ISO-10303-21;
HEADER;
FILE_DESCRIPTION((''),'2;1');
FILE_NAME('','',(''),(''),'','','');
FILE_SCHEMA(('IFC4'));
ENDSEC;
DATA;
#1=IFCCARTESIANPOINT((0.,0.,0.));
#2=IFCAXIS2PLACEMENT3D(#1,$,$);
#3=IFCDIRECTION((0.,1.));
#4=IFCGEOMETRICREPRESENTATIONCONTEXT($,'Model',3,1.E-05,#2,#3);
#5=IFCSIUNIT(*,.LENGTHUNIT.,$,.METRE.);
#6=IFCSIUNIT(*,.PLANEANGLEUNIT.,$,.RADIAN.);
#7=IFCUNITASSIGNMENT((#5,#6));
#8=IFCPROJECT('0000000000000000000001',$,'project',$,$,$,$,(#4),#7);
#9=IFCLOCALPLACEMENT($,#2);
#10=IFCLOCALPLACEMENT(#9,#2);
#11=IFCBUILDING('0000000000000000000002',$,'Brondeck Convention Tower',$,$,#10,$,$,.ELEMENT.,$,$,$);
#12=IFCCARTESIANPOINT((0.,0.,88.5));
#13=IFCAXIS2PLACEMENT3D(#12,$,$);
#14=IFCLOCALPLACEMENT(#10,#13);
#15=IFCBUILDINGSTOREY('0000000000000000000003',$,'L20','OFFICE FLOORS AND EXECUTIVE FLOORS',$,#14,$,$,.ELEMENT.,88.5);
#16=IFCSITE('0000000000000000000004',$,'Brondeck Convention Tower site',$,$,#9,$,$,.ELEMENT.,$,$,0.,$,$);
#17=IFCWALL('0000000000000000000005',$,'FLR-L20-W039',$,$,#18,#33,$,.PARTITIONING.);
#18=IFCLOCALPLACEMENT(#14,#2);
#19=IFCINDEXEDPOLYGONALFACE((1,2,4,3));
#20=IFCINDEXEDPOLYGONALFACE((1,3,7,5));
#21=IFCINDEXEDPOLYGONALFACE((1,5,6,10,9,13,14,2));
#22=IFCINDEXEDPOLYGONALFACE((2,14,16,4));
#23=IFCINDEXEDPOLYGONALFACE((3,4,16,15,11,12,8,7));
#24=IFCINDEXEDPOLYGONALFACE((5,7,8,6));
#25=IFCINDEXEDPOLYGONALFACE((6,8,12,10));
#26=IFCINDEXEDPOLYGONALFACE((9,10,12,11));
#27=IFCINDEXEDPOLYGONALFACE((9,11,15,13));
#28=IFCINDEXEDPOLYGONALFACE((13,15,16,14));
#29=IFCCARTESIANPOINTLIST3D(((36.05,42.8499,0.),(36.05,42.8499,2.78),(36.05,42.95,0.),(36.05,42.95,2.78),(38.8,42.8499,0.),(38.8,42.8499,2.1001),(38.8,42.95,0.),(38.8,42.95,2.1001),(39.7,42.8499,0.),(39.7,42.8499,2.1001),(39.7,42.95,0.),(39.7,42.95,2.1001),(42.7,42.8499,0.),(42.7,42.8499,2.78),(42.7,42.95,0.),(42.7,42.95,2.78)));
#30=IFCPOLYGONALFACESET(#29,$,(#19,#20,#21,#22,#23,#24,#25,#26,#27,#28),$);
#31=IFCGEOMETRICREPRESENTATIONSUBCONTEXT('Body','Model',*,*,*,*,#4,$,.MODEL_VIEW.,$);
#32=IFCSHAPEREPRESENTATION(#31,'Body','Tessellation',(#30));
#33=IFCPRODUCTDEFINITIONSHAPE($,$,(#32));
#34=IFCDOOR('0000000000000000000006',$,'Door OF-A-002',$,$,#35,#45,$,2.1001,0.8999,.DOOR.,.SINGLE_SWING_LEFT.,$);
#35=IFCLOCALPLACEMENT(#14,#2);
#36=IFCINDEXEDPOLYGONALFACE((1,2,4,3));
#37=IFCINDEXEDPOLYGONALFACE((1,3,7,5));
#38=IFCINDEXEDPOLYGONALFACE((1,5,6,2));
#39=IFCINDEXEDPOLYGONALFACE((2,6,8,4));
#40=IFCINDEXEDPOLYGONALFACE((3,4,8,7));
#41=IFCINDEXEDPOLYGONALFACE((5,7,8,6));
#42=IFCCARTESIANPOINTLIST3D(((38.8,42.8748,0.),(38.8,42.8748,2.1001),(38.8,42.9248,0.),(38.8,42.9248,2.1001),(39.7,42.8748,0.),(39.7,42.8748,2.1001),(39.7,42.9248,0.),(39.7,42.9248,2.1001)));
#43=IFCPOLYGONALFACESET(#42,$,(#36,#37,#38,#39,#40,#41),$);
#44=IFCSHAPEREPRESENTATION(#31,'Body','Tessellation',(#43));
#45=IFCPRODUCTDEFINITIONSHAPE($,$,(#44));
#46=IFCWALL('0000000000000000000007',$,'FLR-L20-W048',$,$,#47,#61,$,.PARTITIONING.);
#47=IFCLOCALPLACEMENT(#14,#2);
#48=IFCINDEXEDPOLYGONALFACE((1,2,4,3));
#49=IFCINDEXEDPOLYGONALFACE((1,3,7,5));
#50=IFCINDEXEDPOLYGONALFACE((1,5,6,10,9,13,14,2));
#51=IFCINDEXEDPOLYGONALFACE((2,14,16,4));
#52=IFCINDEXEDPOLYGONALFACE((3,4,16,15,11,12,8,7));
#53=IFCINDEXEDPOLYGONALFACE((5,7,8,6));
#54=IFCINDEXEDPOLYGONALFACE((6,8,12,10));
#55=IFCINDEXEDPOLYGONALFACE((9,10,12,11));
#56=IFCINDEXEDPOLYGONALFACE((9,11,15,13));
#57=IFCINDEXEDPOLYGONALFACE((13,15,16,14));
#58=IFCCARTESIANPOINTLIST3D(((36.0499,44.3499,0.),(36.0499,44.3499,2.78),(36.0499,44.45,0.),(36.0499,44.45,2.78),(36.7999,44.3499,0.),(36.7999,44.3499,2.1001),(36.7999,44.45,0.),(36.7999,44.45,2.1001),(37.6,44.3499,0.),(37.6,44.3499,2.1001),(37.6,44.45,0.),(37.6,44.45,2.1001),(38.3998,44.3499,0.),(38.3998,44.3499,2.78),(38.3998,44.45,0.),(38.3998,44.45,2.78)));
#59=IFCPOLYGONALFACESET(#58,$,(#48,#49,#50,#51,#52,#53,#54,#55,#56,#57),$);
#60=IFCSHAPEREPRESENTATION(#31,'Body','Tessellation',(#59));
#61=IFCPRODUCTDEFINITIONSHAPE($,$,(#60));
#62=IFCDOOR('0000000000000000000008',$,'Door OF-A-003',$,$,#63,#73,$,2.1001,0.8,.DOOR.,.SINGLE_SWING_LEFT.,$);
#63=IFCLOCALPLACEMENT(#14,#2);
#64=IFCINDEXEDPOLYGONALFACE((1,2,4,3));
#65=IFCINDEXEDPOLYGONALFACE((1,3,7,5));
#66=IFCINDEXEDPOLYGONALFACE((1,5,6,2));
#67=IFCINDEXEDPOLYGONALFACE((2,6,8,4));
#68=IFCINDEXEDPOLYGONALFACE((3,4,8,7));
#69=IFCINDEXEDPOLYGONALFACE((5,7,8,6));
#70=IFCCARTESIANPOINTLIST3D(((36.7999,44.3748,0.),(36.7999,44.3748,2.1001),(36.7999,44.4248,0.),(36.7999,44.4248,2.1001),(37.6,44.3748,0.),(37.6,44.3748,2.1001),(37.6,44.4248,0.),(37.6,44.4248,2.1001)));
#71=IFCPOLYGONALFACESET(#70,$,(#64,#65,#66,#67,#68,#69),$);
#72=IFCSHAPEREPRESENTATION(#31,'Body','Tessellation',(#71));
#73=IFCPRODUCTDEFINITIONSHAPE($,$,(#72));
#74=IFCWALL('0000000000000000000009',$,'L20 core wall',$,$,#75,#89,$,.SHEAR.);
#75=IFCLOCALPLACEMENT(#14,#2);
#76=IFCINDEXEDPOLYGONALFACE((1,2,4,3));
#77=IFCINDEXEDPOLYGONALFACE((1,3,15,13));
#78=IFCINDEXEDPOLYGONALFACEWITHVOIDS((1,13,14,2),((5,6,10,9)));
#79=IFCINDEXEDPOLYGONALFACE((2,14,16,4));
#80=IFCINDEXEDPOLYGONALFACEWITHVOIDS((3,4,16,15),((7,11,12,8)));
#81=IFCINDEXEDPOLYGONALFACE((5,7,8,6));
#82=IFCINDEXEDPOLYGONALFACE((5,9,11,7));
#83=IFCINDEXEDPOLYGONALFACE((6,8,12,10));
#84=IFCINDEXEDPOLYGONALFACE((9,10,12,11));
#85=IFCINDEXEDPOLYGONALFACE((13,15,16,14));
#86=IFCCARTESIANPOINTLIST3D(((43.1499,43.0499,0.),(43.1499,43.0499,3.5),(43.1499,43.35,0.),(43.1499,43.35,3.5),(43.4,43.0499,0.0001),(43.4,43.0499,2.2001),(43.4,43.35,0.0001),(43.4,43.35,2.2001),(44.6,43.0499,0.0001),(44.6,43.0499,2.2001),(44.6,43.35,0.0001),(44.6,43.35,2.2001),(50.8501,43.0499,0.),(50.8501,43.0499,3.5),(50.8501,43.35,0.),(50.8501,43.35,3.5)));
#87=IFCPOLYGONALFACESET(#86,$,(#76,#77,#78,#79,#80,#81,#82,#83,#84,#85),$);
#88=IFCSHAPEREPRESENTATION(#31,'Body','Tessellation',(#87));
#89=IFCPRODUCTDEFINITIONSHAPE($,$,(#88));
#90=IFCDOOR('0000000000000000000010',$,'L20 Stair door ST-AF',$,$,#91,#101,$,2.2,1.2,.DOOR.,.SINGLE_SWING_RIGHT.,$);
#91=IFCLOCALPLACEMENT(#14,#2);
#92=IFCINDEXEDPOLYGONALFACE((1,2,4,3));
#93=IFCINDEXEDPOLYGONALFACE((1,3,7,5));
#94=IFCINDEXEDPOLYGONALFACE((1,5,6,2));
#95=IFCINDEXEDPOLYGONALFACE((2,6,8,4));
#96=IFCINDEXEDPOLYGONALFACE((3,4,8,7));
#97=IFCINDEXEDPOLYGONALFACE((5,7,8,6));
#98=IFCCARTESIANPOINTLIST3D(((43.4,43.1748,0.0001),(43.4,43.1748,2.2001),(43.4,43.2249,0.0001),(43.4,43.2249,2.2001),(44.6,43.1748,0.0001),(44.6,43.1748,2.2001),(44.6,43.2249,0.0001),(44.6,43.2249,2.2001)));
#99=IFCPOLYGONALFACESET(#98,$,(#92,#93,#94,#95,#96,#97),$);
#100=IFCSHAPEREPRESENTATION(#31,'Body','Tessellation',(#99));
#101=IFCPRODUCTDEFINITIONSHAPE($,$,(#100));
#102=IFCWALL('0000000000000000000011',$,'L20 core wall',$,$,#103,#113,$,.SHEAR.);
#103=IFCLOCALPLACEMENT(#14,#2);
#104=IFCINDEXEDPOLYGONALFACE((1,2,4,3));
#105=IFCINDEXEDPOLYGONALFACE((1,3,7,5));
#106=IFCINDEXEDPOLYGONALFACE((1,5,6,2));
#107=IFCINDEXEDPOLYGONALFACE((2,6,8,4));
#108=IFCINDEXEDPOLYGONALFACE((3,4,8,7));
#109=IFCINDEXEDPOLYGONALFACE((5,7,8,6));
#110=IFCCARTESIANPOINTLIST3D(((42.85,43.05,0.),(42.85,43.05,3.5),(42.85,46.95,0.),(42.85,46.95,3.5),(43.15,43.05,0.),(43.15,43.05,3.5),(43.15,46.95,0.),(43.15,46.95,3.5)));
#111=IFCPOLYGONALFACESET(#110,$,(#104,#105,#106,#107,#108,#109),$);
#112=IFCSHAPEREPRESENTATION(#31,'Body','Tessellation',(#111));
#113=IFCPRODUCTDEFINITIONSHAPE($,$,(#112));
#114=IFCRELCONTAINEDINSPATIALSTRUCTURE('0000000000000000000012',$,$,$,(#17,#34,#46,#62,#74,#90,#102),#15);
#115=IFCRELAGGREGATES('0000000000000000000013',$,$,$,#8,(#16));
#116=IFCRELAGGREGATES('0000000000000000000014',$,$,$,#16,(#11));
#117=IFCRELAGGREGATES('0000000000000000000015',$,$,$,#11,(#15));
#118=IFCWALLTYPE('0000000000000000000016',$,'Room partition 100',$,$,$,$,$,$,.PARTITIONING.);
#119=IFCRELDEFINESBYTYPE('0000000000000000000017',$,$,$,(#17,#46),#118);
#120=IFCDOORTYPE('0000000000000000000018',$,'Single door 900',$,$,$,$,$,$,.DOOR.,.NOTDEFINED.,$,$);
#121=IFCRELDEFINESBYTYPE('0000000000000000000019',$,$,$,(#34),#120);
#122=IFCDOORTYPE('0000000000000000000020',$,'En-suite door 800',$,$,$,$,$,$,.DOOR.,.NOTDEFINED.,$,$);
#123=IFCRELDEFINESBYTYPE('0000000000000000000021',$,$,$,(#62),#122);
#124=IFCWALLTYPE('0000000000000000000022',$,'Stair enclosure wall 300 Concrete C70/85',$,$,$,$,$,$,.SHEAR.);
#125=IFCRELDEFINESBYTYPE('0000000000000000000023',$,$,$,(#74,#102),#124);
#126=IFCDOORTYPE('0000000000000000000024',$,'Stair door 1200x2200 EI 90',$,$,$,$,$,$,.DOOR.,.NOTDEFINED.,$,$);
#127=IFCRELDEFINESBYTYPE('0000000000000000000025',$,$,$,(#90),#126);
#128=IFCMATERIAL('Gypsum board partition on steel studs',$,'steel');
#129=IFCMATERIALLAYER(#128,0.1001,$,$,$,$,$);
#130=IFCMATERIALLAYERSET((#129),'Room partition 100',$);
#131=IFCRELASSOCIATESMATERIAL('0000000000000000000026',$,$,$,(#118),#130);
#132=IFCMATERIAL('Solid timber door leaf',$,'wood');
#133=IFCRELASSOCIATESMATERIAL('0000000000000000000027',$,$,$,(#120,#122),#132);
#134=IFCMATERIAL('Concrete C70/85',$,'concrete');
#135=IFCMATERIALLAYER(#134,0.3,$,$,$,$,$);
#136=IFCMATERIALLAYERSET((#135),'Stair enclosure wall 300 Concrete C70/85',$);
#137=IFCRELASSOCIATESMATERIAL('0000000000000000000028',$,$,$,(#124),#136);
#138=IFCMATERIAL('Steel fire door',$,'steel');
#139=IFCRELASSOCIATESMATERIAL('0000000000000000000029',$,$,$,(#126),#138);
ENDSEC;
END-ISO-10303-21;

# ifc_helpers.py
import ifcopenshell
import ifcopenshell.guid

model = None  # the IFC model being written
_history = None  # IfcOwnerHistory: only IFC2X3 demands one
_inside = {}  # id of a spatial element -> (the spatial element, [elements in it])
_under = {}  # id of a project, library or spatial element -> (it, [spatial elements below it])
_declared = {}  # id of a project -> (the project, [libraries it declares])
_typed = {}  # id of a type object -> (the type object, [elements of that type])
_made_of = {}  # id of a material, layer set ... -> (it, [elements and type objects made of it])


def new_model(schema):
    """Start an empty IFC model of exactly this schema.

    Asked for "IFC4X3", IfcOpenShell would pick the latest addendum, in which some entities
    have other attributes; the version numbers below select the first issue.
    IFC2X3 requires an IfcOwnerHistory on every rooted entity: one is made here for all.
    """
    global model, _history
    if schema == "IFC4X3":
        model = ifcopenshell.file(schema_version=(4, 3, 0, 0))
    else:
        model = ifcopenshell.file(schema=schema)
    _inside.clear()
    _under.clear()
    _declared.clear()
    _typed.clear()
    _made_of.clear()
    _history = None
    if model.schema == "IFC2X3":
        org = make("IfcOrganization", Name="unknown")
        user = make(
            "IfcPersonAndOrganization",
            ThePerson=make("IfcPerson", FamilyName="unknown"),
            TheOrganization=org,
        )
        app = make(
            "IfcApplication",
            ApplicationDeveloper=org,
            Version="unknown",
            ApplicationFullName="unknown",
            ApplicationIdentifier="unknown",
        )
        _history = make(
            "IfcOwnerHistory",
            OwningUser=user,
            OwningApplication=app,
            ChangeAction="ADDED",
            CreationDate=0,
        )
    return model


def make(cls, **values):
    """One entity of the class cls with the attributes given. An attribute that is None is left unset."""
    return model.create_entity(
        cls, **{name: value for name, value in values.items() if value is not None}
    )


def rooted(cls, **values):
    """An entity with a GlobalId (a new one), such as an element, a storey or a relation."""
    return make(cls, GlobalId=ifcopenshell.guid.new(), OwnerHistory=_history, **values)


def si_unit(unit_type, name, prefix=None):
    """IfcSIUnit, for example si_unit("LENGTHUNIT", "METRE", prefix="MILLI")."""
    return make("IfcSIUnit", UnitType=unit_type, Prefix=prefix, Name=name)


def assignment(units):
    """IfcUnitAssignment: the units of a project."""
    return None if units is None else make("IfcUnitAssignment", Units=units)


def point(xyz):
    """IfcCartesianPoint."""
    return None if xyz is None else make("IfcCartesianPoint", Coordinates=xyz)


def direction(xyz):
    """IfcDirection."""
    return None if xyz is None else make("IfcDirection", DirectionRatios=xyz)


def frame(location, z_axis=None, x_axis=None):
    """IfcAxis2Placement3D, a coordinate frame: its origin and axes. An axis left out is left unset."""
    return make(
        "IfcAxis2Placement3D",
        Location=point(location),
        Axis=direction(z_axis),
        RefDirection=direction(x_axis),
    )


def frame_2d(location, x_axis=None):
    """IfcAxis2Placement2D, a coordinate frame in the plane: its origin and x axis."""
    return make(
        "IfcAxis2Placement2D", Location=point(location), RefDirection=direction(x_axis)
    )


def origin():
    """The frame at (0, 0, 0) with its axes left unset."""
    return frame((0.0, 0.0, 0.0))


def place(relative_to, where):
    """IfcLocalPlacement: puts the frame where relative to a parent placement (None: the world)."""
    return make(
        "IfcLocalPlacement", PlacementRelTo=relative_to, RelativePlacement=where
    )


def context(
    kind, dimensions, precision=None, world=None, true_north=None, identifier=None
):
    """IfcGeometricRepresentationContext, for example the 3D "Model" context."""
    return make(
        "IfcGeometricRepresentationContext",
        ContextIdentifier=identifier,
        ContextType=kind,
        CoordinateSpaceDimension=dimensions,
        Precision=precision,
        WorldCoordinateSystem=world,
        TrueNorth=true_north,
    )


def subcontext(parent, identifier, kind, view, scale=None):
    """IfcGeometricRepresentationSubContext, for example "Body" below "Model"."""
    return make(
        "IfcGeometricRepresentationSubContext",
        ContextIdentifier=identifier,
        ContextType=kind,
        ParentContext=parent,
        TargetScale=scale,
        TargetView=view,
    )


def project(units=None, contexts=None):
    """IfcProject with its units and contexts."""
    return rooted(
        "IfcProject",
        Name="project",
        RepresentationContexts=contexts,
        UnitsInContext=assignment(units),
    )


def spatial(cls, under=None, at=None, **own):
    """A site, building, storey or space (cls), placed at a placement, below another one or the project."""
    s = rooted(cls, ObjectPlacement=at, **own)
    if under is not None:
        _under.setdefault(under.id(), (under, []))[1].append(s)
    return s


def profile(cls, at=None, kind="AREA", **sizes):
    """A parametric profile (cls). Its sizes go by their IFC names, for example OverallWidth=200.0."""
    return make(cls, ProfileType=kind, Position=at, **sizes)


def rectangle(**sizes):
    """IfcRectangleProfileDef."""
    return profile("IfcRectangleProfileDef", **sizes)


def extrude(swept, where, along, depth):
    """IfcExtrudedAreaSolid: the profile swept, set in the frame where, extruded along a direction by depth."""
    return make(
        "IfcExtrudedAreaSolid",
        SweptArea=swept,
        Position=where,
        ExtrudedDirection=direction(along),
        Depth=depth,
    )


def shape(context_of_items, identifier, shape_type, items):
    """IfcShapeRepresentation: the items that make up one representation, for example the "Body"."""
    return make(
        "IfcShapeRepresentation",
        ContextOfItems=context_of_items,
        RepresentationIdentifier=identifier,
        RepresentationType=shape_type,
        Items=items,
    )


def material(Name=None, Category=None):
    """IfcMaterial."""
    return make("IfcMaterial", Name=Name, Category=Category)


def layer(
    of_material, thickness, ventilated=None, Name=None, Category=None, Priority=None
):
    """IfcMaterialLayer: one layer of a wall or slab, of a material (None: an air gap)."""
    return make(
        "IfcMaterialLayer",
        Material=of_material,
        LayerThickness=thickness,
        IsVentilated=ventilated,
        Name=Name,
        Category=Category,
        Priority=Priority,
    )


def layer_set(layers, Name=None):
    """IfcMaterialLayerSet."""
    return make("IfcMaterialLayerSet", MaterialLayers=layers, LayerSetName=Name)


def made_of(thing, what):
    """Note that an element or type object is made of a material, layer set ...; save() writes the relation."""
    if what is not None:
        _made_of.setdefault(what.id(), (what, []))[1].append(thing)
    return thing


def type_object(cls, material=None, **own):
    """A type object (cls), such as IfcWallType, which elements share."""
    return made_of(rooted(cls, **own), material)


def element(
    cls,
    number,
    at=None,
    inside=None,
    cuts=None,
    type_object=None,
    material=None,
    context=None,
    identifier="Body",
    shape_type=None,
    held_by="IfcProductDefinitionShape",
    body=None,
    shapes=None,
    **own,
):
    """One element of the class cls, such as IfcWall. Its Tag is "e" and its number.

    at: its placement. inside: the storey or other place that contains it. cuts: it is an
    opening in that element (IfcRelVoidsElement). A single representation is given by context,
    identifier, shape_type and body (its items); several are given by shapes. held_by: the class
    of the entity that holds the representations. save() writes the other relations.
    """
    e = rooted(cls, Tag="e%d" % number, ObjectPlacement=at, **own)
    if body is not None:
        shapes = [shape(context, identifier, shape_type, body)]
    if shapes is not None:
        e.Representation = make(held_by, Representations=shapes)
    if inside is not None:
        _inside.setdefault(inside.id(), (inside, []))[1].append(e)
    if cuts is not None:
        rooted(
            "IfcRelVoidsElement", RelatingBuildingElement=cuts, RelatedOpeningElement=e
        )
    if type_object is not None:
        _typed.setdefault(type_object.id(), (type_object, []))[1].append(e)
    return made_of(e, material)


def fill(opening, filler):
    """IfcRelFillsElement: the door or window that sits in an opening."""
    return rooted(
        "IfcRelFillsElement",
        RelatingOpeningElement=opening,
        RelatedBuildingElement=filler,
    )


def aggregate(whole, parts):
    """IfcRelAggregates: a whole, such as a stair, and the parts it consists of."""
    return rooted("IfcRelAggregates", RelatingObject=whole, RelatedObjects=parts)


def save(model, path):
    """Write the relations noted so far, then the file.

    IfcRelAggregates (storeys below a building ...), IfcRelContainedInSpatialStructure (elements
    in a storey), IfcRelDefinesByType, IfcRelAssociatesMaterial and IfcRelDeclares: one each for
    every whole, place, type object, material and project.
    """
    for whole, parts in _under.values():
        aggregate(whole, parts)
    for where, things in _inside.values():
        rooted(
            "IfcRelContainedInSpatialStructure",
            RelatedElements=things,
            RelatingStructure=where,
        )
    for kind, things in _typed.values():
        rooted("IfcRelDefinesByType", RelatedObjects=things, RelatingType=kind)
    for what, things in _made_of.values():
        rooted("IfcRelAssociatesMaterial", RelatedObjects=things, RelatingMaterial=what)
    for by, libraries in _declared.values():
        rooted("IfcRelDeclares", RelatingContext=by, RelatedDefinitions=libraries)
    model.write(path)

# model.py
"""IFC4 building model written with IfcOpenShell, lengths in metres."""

from ifc_helpers import new_model, si_unit, direction, frame, frame_2d, origin, place, context, subcontext, project, spatial, rectangle, extrude, material, layer, layer_set, type_object, element, fill, save


model = new_model("IFC4")

# Units and contexts
model_context = context("Model", 3, precision=1e-05, world=origin(), true_north=direction((0.0, 1.0)))
body_context = subcontext(model_context, "Body", "Model", "MODEL_VIEW")
ifc_project = project(units=[si_unit("LENGTHUNIT", "METRE"), si_unit("PLANEANGLEUNIT", "RADIAN")], contexts=[model_context])

# Site, building, storey
site_placement = place(None, origin())
site = spatial("IfcSite", under=ifc_project, at=site_placement, Name="Brondeck Convention Tower site", CompositionType="ELEMENT", RefElevation=0.0)
building_placement = place(site_placement, origin())
building = spatial("IfcBuilding", under=site, at=building_placement, Name="Brondeck Convention Tower", CompositionType="ELEMENT")
storey_placement = place(building_placement, frame((0.0, 0.0, 88.5)))
storey = spatial("IfcBuildingStorey", under=building, at=storey_placement, Name="L20", Description="OFFICE FLOORS AND EXECUTIVE FLOORS", CompositionType="ELEMENT", Elevation=88.5)

# Shared definitions
ifc_material_1 = material(Name="Concrete C70/85", Category="concrete")

# Shared definitions
ifc_material_2 = material(Name="Gypsum board partition on steel studs", Category="steel")
ifc_layer_1 = layer(ifc_material_2, 0.1001)
ifc_layer_set_1 = layer_set([ifc_layer_1], Name="Room partition 100")
wall_type_1 = type_object("IfcWallType", Name="Room partition 100", PredefinedType="PARTITIONING", material=ifc_layer_set_1)

# Walls, openings, doors
wall_1_placement = place(storey_placement, frame((36.05, 42.8999, 0.0), z_axis=(0.0, 0.0, 1.0), x_axis=(1.0, 0.0, 0.0)))
wall_1 = element("IfcWall", 1, at=wall_1_placement, inside=storey, type_object=wall_type_1, Name="FLR-L20-W039", PredefinedType="PARTITIONING", context=body_context, shape_type="SweptSolid", body=[
    extrude(rectangle(XDim=6.6499, YDim=0.1001, at=frame_2d((3.325, 0.0))), origin(), (0.0, 0.0, 1.0), 2.78),
])
opening_1_placement = place(wall_1_placement, frame((2.75, 0.0, 0.0)))
opening_1 = element("IfcOpeningElement", 2, at=opening_1_placement, cuts=wall_1, PredefinedType="OPENING", context=body_context, shape_type="SweptSolid", body=[
    extrude(rectangle(XDim=0.8999, YDim=2.1001, at=frame_2d((0.45, 1.05))), frame((0.0, 0.0601, 0.0), z_axis=(0.0, -1.0, 0.0), x_axis=(1.0, 0.0, 0.0)), (0.0, 0.0, 1.0), 0.1201),
])
ifc_material_3 = material(Name="Solid timber door leaf", Category="wood")
door_type_1 = type_object("IfcDoorType", Name="Single door 900", OperationType="NOTDEFINED", PredefinedType="DOOR", material=ifc_material_3)
door_1_placement = place(opening_1_placement, origin())
door_1 = element("IfcDoor", 3, at=door_1_placement, inside=storey, type_object=door_type_1, Name="Door OF-A-002", OperationType="SINGLE_SWING_LEFT", OverallHeight=2.1001, OverallWidth=0.8999, PredefinedType="DOOR", context=body_context, shape_type="SweptSolid", body=[
    extrude(rectangle(XDim=0.8999, YDim=2.1001, at=frame_2d((0.45, 1.05))), frame((0.0, 0.0249, 0.0), z_axis=(0.0, -1.0, 0.0), x_axis=(1.0, 0.0, 0.0)), (0.0, 0.0, 1.0), 0.05),
])
fill(opening_1, door_1)
wall_2_placement = place(storey_placement, frame((36.05, 44.3999, 0.0), z_axis=(0.0, 0.0, 1.0), x_axis=(1.0, 0.0, 0.0)))
wall_2 = element("IfcWall", 4, at=wall_2_placement, inside=storey, type_object=wall_type_1, Name="FLR-L20-W048", PredefinedType="PARTITIONING", context=body_context, shape_type="SweptSolid", body=[
    extrude(rectangle(XDim=2.3499, YDim=0.1001, at=frame_2d((1.1748, 0.0))), origin(), (0.0, 0.0, 1.0), 2.78),
])
opening_2_placement = place(wall_2_placement, frame((0.75, 0.0, 0.0)))
opening_2 = element("IfcOpeningElement", 5, at=opening_2_placement, cuts=wall_2, PredefinedType="OPENING", context=body_context, shape_type="SweptSolid", body=[
    extrude(rectangle(XDim=0.8, YDim=2.1001, at=frame_2d((0.3999, 1.05))), frame((0.0, 0.0601, 0.0), z_axis=(0.0, -1.0, 0.0), x_axis=(1.0, 0.0, 0.0)), (0.0, 0.0, 1.0), 0.1201),
])
door_type_2 = type_object("IfcDoorType", Name="En-suite door 800", OperationType="NOTDEFINED", PredefinedType="DOOR", material=ifc_material_3)
door_2_placement = place(opening_2_placement, origin())
door_2 = element("IfcDoor", 6, at=door_2_placement, inside=storey, type_object=door_type_2, Name="Door OF-A-003", OperationType="SINGLE_SWING_LEFT", OverallHeight=2.1001, OverallWidth=0.8, PredefinedType="DOOR", context=body_context, shape_type="SweptSolid", body=[
    extrude(rectangle(XDim=0.8, YDim=2.1001, at=frame_2d((0.3999, 1.05))), frame((0.0, 0.0249, 0.0), z_axis=(0.0, -1.0, 0.0), x_axis=(1.0, 0.0, 0.0)), (0.0, 0.0, 1.0), 0.05),
])
fill(opening_2, door_2)
ifc_layer_2 = layer(ifc_material_1, 0.3)
ifc_layer_set_2 = layer_set([ifc_layer_2], Name="Stair enclosure wall 300 Concrete C70/85")
wall_type_2 = type_object("IfcWallType", Name="Stair enclosure wall 300 Concrete C70/85", PredefinedType="SHEAR", material=ifc_layer_set_2)
wall_3_placement = place(storey_placement, frame((43.1499, 43.2, 0.0), z_axis=(0.0, 0.0, 1.0), x_axis=(1.0, 0.0, 0.0)))
wall_3 = element("IfcWall", 7, at=wall_3_placement, inside=storey, type_object=wall_type_2, Name="L20 core wall", PredefinedType="SHEAR", context=body_context, shape_type="SweptSolid", body=[
    extrude(rectangle(XDim=7.7002, YDim=0.3, at=frame_2d((3.8501, 0.0))), origin(), (0.0, 0.0, 1.0), 3.5),
])
opening_3_placement = place(wall_3_placement, frame((0.25, 0.0, 0.0)))
opening_3 = element("IfcOpeningElement", 8, at=opening_3_placement, cuts=wall_3, PredefinedType="OPENING", context=body_context, shape_type="SweptSolid", body=[
    extrude(rectangle(XDim=1.2, YDim=2.2, at=frame_2d((0.6001, 1.1001))), frame((0.0, 0.1599, 0.0), z_axis=(0.0, -1.0, 0.0), x_axis=(1.0, 0.0, 0.0)), (0.0, 0.0, 1.0), 0.3201),
])
ifc_material_4 = material(Name="Steel fire door", Category="steel")
door_type_3 = type_object("IfcDoorType", Name="Stair door 1200x2200 EI 90", OperationType="NOTDEFINED", PredefinedType="DOOR", material=ifc_material_4)
door_3_placement = place(opening_3_placement, origin())
door_3 = element("IfcDoor", 9, at=door_3_placement, inside=storey, type_object=door_type_3, Name="L20 Stair door ST-AF", OperationType="SINGLE_SWING_RIGHT", OverallHeight=2.2, OverallWidth=1.2, PredefinedType="DOOR", context=body_context, shape_type="SweptSolid", body=[
    extrude(rectangle(XDim=1.2, YDim=2.2, at=frame_2d((0.6001, 1.1001))), frame((0.0, 0.0249, 0.0), z_axis=(0.0, -1.0, 0.0), x_axis=(1.0, 0.0, 0.0)), (0.0, 0.0, 1.0), 0.05),
])
fill(opening_3, door_3)

# Wall
wall_4_placement = place(storey_placement, frame((43.0, 43.05, 0.0), z_axis=(0.0, 0.0, 1.0), x_axis=(0.0, 1.0, 0.0)))
element("IfcWall", 10, at=wall_4_placement, inside=storey, type_object=wall_type_2, Name="L20 core wall", PredefinedType="SHEAR", context=body_context, shape_type="SweptSolid", body=[
    extrude(rectangle(XDim=3.8999, YDim=0.3, at=frame_2d((1.95, 0.0))), origin(), (0.0, 0.0, 1.0), 3.5),
])

save(model, "model.ifc")
